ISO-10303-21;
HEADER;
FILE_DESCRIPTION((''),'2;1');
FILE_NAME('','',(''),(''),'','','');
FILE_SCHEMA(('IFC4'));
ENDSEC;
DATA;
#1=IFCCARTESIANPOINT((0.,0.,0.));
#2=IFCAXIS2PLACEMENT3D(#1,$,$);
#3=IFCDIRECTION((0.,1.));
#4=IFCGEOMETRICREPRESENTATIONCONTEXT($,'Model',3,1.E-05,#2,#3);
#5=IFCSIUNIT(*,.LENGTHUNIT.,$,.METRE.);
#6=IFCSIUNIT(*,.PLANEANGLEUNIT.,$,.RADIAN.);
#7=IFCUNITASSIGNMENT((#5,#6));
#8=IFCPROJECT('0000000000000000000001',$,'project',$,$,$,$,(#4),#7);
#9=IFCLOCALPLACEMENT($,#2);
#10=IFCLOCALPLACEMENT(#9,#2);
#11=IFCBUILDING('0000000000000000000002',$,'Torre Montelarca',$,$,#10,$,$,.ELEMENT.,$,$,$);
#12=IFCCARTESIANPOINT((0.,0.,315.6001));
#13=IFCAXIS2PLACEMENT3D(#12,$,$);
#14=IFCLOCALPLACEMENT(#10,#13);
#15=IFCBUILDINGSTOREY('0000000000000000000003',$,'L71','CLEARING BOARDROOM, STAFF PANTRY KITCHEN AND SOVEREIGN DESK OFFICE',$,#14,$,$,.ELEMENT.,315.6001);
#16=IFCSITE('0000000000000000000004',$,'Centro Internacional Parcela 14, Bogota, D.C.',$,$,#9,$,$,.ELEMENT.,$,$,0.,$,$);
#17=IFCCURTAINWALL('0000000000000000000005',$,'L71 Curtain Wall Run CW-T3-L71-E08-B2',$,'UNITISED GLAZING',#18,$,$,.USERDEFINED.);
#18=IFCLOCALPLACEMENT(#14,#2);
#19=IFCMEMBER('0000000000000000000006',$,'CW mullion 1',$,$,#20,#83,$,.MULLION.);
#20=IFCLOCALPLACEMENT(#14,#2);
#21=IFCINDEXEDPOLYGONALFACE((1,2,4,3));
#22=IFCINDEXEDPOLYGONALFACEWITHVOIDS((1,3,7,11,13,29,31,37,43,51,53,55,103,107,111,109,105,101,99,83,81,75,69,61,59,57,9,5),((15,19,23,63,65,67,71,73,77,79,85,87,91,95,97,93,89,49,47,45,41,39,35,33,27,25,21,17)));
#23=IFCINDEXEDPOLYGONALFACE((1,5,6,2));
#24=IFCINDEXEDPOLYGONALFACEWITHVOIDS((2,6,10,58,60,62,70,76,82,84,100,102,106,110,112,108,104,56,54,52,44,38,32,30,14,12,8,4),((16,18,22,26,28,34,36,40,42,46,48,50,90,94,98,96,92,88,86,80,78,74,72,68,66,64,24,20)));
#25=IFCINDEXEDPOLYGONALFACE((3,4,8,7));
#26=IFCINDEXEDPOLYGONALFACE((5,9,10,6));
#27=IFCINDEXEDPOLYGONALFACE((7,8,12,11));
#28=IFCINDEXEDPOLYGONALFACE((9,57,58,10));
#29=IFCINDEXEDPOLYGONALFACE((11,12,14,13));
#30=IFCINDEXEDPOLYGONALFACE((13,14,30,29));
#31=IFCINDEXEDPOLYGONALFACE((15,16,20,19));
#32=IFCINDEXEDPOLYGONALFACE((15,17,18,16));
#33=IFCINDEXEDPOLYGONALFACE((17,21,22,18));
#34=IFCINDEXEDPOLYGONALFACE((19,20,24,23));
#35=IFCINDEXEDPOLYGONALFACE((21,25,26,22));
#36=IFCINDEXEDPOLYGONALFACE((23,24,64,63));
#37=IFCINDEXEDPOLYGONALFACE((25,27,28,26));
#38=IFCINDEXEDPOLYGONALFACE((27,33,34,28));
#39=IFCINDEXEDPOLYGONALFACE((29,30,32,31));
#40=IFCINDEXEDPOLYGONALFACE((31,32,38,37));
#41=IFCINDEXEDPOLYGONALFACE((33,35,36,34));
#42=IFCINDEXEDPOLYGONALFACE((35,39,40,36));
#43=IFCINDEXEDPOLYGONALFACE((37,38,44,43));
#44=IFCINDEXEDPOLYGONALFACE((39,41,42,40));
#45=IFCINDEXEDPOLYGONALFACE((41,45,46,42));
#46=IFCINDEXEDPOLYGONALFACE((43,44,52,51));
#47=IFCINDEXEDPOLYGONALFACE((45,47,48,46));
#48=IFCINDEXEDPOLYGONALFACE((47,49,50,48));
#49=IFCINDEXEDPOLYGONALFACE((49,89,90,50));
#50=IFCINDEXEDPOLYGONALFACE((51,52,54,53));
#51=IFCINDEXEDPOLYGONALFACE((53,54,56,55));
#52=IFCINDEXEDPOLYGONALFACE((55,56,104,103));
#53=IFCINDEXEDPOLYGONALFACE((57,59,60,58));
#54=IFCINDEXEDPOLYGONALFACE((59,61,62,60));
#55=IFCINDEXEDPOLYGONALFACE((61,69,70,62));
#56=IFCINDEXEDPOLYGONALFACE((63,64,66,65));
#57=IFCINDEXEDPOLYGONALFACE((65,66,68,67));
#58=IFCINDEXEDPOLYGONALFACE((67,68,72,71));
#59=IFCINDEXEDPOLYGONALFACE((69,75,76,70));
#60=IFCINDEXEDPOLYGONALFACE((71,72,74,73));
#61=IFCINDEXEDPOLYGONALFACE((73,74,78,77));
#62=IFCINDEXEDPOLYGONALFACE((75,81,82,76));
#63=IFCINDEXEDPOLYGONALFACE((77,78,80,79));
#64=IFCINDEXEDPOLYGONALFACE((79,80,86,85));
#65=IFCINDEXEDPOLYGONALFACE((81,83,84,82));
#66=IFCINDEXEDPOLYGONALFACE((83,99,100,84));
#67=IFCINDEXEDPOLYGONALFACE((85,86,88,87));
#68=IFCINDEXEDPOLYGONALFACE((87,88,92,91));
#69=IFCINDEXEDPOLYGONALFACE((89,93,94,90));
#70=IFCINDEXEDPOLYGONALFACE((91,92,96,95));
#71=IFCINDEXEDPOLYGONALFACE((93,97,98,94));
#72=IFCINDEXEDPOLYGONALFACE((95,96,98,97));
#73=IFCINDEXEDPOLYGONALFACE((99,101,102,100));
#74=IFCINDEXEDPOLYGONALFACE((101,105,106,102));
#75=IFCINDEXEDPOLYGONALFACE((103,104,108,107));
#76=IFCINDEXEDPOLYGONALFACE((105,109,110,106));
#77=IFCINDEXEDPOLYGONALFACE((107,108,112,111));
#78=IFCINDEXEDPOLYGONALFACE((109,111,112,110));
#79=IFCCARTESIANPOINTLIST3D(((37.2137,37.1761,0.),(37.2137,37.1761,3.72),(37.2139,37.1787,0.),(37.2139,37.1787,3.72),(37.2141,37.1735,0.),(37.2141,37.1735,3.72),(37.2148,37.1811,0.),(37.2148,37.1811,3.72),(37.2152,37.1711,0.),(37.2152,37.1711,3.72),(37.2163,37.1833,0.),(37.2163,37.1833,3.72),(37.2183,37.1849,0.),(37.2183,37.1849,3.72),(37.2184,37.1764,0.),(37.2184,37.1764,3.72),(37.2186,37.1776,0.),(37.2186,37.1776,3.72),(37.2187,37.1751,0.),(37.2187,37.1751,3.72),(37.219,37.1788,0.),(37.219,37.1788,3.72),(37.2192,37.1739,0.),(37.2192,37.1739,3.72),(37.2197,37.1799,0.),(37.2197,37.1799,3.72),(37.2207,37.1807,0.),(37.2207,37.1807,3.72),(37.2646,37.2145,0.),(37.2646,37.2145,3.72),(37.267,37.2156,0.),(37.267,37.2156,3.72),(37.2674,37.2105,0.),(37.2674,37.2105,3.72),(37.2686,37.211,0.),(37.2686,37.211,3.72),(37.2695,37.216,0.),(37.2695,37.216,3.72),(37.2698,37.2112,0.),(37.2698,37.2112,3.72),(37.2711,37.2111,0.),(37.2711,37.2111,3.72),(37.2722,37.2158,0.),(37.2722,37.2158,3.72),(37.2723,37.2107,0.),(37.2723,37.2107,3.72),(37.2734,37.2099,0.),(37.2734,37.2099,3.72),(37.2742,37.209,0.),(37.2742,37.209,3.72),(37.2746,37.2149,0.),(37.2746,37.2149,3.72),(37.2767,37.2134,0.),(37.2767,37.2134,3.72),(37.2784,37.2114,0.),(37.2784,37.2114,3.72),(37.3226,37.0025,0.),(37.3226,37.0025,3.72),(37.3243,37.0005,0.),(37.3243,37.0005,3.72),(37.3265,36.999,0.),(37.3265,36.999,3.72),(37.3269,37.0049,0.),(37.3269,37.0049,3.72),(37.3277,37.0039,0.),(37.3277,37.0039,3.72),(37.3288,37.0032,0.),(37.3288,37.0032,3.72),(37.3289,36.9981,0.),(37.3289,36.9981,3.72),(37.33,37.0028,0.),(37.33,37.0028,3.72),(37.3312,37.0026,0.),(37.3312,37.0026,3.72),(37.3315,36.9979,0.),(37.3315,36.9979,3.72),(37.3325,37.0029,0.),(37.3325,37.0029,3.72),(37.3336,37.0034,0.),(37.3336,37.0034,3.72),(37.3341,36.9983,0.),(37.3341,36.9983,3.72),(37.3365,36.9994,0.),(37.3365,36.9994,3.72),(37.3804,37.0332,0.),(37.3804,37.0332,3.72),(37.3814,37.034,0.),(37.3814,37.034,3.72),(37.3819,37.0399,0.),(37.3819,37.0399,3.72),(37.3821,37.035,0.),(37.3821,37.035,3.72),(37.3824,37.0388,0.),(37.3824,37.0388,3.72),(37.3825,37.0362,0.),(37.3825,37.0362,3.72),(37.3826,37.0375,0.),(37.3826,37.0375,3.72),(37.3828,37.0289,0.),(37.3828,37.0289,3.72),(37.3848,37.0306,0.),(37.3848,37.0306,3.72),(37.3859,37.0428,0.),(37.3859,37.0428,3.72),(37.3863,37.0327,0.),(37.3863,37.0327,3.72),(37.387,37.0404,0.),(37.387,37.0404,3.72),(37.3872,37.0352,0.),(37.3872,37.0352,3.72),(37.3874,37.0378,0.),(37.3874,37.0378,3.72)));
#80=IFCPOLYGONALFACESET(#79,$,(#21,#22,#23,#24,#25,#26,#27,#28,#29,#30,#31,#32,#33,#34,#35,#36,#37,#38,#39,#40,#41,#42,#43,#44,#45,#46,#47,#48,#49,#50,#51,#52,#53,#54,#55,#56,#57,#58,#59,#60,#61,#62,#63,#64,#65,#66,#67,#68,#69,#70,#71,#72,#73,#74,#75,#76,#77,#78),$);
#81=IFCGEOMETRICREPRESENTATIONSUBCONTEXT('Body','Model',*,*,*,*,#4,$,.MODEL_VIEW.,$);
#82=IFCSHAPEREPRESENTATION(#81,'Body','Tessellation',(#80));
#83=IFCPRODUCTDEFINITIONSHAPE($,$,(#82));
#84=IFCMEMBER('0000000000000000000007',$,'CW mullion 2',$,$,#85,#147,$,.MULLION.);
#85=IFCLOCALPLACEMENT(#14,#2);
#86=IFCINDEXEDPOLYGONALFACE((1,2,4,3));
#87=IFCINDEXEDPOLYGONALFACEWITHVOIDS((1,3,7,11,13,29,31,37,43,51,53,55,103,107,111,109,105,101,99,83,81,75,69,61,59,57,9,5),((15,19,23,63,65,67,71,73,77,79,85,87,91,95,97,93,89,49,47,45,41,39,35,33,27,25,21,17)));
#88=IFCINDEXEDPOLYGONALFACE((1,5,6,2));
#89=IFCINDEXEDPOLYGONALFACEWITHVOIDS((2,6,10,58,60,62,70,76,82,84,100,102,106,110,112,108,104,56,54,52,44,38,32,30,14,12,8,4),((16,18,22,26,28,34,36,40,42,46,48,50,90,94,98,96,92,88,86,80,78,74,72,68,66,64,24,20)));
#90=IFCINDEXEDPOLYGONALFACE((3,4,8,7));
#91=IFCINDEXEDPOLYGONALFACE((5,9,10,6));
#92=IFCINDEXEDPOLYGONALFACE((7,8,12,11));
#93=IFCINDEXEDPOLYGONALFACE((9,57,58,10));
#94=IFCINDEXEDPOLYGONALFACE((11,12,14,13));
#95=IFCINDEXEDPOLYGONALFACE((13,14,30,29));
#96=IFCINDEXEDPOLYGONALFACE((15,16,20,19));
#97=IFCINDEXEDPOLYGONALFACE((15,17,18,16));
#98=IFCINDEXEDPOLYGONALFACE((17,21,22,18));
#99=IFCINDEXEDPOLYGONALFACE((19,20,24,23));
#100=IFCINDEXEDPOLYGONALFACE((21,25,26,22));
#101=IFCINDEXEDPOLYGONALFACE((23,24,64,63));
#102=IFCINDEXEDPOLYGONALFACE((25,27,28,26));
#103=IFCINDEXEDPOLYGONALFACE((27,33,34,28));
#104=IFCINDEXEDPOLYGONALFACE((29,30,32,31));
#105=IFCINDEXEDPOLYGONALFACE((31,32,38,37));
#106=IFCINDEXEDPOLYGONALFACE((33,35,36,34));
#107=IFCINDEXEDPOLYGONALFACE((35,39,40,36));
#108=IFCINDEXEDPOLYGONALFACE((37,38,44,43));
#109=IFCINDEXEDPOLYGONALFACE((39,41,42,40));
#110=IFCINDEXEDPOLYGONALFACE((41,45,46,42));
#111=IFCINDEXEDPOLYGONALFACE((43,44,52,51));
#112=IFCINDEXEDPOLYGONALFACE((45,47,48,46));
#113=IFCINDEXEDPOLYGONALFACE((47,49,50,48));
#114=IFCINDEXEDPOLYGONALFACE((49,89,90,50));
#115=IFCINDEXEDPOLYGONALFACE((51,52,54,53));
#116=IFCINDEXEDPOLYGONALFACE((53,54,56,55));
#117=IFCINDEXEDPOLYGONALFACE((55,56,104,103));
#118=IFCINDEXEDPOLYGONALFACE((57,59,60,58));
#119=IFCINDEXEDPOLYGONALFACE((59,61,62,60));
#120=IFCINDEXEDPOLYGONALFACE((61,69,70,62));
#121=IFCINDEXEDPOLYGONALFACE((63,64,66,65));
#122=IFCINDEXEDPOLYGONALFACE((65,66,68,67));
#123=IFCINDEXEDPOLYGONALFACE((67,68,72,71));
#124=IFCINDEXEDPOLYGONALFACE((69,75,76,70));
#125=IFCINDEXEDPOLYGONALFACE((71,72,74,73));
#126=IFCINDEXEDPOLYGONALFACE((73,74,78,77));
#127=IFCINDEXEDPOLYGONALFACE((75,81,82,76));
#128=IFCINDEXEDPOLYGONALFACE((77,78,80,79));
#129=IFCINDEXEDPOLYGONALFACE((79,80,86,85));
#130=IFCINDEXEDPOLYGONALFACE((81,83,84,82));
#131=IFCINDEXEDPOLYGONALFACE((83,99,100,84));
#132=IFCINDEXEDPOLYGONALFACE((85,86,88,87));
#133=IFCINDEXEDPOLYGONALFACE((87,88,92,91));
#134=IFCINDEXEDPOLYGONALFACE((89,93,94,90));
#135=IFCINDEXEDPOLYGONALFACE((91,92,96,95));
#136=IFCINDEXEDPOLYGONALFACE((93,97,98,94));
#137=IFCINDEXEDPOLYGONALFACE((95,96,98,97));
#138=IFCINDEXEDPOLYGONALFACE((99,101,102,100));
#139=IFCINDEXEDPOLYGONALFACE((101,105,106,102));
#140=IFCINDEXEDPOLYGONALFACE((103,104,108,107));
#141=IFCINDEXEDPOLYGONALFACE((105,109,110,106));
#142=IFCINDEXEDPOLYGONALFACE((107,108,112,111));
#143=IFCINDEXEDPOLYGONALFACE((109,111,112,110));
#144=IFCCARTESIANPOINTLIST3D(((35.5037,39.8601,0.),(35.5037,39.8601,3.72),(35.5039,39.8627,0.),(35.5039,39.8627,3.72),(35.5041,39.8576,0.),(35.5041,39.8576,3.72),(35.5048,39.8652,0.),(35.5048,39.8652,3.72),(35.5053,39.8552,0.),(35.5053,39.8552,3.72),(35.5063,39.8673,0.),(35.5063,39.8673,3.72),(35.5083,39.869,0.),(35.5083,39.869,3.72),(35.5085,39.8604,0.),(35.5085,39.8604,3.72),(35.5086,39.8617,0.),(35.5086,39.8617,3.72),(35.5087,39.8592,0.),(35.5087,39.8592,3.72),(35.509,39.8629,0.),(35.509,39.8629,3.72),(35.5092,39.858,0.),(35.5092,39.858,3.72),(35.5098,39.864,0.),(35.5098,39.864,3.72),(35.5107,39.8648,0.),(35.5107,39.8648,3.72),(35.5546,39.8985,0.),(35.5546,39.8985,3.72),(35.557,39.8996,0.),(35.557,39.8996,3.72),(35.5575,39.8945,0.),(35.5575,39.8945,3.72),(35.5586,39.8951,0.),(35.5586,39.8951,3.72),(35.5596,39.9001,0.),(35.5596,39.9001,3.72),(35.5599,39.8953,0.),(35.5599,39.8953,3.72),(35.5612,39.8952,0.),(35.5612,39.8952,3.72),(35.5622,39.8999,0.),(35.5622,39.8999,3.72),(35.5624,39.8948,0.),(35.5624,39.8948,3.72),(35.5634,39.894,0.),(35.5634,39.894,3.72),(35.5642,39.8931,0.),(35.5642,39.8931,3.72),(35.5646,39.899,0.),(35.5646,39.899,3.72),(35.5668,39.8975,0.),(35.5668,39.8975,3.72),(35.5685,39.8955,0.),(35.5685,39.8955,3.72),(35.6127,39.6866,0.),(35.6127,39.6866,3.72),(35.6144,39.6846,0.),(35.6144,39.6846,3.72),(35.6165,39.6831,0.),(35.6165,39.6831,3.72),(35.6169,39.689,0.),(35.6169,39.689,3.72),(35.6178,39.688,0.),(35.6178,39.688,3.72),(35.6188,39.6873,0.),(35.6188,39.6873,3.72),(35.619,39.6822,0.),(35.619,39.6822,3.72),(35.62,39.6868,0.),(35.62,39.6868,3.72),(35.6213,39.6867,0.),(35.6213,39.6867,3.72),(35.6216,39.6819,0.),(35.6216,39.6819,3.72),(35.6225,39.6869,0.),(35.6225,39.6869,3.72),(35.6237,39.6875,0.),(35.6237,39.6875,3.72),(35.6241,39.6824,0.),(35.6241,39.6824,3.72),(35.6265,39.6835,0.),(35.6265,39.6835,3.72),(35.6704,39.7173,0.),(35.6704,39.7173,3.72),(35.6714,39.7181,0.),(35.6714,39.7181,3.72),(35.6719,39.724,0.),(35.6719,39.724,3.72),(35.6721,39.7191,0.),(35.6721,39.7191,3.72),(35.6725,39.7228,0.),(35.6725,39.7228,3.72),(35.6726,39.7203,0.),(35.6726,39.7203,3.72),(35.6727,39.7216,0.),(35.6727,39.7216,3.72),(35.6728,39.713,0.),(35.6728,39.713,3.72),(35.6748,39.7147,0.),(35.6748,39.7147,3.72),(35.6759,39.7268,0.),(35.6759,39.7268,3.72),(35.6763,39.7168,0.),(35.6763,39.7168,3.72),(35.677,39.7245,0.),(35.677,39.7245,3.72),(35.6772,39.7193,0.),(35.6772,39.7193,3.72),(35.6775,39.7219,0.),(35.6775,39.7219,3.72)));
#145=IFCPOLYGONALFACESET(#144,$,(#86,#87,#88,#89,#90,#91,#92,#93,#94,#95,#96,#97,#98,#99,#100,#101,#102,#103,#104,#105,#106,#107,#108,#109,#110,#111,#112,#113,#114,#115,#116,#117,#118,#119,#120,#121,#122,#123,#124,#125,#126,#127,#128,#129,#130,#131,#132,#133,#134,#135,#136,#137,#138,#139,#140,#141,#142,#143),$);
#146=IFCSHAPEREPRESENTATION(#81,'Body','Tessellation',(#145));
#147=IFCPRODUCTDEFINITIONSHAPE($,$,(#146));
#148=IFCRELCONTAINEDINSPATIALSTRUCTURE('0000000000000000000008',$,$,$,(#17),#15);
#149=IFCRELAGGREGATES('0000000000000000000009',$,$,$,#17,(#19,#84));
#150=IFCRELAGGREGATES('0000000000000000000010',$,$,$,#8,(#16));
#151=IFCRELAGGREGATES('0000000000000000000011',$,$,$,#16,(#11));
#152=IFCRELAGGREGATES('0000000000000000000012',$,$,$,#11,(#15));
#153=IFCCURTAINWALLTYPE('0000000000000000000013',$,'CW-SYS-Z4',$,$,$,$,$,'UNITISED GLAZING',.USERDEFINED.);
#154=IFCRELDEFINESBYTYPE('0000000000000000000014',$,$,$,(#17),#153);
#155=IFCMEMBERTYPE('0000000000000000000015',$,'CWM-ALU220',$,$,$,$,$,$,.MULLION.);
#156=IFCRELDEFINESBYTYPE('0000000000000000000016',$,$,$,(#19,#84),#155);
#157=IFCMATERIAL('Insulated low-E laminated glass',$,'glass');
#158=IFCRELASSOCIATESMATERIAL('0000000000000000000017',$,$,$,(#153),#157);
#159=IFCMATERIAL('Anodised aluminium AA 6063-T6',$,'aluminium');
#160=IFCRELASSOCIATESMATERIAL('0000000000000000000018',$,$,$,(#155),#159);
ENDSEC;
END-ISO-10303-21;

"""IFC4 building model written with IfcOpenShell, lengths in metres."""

from ifc_helpers import new_model, si_unit, direction, frame, origin, origin_2d, place, context, subcontext, project, spatial, hollow_rectangle, extrude, source, transform, mapped, material, material_profile, profile_set, type_object, element, aggregate, save


model = new_model("IFC4")

# Units and contexts
model_context = context("Model", 3, precision=1e-05, world=origin(), true_north=direction((0.0, 1.0)))
body_context = subcontext(model_context, "Body", "Model", "MODEL_VIEW")
ifc_project = project(units=[si_unit("LENGTHUNIT", "METRE"), si_unit("PLANEANGLEUNIT", "RADIAN")], contexts=[model_context])

# Site, building, storey
site_placement = place(None, origin())
site = spatial("IfcSite", under=ifc_project, at=site_placement, Name="Centro Internacional Parcela 14, Bogota, D.C.", CompositionType="ELEMENT", RefElevation=0.0)
building_placement = place(site_placement, origin())
building = spatial("IfcBuilding", under=site, at=building_placement, Name="Torre Montelarca", CompositionType="ELEMENT")
storey_placement = place(building_placement, frame((0.0, 0.0, 315.6001)))
storey = spatial("IfcBuildingStorey", under=building, at=storey_placement, Name="L71", Description="CLEARING BOARDROOM, STAFF PANTRY KITCHEN AND SOVEREIGN DESK OFFICE", CompositionType="ELEMENT", Elevation=315.6001)

# Shared definitions
ifc_material_1 = material(Name="Insulated low-E laminated glass", Category="glass")
curtain_wall_type = type_object("IfcCurtainWallType", Name="CW-SYS-Z4", ElementType="UNITISED GLAZING", PredefinedType="USERDEFINED", material=ifc_material_1)
ifc_material_2 = material(Name="Anodised aluminium AA 6063-T6", Category="aluminium")
ifc_material_profile_1 = material_profile(ifc_material_2, hollow_rectangle(XDim=0.075, YDim=0.22, WallThickness=0.0049, InnerFilletRadius=0.0049, OuterFilletRadius=0.01, at=origin_2d()), Name="ALU75X220X5", Category="aluminium")
ifc_profile_set_1 = profile_set([ifc_material_profile_1], Name="Anodised aluminium AA 6063-T6")
member_type_1 = type_object("IfcMemberType", Name="CWM-ALU220", PredefinedType="MULLION", material=ifc_profile_set_1)
shared_shape_1 = source(origin(), body_context, "Body", "SweptSolid", [
    extrude(hollow_rectangle(XDim=0.075, YDim=0.22, WallThickness=0.0049, InnerFilletRadius=0.0049, OuterFilletRadius=0.01, at=origin_2d()), origin(), (0.0, 0.0, 1.0), 3.72),
])

# Curtain wall, members
curtain_wall_1_placement = place(storey_placement, origin())
curtain_wall_1 = element("IfcCurtainWall", 1, at=curtain_wall_1_placement, inside=storey, type_object=curtain_wall_type, Name="L71 Curtain Wall Run CW-T3-L71-E08-B2", ObjectType="UNITISED GLAZING", PredefinedType="USERDEFINED")
member_1_placement = place(storey_placement, frame((37.3005, 37.1069, 0.0), z_axis=(0.0, 0.0, 1.0), x_axis=(-0.843395, -0.537294, 0.0)))
member_1 = element("IfcMember", 2, at=member_1_placement, type_object=member_type_1, Name="CW mullion 1", PredefinedType="MULLION", context=body_context, shape_type="MappedRepresentation", body=[
    mapped(shared_shape_1, transform((0.0, 0.0, 0.0), scale=1.0)),
])
member_2_placement = place(storey_placement, frame((35.5906, 39.791, 0.0), z_axis=(0.0, 0.0, 1.0), x_axis=(-0.843395, -0.537294, 0.0)))
member_2 = element("IfcMember", 3, at=member_2_placement, type_object=member_type_1, Name="CW mullion 2", PredefinedType="MULLION", context=body_context, shape_type="MappedRepresentation", body=[
    mapped(shared_shape_1, transform((0.0, 0.0, 0.0), scale=1.0)),
])

aggregate(curtain_wall_1, [member_1, member_2])

save(model, "model.ifc")
